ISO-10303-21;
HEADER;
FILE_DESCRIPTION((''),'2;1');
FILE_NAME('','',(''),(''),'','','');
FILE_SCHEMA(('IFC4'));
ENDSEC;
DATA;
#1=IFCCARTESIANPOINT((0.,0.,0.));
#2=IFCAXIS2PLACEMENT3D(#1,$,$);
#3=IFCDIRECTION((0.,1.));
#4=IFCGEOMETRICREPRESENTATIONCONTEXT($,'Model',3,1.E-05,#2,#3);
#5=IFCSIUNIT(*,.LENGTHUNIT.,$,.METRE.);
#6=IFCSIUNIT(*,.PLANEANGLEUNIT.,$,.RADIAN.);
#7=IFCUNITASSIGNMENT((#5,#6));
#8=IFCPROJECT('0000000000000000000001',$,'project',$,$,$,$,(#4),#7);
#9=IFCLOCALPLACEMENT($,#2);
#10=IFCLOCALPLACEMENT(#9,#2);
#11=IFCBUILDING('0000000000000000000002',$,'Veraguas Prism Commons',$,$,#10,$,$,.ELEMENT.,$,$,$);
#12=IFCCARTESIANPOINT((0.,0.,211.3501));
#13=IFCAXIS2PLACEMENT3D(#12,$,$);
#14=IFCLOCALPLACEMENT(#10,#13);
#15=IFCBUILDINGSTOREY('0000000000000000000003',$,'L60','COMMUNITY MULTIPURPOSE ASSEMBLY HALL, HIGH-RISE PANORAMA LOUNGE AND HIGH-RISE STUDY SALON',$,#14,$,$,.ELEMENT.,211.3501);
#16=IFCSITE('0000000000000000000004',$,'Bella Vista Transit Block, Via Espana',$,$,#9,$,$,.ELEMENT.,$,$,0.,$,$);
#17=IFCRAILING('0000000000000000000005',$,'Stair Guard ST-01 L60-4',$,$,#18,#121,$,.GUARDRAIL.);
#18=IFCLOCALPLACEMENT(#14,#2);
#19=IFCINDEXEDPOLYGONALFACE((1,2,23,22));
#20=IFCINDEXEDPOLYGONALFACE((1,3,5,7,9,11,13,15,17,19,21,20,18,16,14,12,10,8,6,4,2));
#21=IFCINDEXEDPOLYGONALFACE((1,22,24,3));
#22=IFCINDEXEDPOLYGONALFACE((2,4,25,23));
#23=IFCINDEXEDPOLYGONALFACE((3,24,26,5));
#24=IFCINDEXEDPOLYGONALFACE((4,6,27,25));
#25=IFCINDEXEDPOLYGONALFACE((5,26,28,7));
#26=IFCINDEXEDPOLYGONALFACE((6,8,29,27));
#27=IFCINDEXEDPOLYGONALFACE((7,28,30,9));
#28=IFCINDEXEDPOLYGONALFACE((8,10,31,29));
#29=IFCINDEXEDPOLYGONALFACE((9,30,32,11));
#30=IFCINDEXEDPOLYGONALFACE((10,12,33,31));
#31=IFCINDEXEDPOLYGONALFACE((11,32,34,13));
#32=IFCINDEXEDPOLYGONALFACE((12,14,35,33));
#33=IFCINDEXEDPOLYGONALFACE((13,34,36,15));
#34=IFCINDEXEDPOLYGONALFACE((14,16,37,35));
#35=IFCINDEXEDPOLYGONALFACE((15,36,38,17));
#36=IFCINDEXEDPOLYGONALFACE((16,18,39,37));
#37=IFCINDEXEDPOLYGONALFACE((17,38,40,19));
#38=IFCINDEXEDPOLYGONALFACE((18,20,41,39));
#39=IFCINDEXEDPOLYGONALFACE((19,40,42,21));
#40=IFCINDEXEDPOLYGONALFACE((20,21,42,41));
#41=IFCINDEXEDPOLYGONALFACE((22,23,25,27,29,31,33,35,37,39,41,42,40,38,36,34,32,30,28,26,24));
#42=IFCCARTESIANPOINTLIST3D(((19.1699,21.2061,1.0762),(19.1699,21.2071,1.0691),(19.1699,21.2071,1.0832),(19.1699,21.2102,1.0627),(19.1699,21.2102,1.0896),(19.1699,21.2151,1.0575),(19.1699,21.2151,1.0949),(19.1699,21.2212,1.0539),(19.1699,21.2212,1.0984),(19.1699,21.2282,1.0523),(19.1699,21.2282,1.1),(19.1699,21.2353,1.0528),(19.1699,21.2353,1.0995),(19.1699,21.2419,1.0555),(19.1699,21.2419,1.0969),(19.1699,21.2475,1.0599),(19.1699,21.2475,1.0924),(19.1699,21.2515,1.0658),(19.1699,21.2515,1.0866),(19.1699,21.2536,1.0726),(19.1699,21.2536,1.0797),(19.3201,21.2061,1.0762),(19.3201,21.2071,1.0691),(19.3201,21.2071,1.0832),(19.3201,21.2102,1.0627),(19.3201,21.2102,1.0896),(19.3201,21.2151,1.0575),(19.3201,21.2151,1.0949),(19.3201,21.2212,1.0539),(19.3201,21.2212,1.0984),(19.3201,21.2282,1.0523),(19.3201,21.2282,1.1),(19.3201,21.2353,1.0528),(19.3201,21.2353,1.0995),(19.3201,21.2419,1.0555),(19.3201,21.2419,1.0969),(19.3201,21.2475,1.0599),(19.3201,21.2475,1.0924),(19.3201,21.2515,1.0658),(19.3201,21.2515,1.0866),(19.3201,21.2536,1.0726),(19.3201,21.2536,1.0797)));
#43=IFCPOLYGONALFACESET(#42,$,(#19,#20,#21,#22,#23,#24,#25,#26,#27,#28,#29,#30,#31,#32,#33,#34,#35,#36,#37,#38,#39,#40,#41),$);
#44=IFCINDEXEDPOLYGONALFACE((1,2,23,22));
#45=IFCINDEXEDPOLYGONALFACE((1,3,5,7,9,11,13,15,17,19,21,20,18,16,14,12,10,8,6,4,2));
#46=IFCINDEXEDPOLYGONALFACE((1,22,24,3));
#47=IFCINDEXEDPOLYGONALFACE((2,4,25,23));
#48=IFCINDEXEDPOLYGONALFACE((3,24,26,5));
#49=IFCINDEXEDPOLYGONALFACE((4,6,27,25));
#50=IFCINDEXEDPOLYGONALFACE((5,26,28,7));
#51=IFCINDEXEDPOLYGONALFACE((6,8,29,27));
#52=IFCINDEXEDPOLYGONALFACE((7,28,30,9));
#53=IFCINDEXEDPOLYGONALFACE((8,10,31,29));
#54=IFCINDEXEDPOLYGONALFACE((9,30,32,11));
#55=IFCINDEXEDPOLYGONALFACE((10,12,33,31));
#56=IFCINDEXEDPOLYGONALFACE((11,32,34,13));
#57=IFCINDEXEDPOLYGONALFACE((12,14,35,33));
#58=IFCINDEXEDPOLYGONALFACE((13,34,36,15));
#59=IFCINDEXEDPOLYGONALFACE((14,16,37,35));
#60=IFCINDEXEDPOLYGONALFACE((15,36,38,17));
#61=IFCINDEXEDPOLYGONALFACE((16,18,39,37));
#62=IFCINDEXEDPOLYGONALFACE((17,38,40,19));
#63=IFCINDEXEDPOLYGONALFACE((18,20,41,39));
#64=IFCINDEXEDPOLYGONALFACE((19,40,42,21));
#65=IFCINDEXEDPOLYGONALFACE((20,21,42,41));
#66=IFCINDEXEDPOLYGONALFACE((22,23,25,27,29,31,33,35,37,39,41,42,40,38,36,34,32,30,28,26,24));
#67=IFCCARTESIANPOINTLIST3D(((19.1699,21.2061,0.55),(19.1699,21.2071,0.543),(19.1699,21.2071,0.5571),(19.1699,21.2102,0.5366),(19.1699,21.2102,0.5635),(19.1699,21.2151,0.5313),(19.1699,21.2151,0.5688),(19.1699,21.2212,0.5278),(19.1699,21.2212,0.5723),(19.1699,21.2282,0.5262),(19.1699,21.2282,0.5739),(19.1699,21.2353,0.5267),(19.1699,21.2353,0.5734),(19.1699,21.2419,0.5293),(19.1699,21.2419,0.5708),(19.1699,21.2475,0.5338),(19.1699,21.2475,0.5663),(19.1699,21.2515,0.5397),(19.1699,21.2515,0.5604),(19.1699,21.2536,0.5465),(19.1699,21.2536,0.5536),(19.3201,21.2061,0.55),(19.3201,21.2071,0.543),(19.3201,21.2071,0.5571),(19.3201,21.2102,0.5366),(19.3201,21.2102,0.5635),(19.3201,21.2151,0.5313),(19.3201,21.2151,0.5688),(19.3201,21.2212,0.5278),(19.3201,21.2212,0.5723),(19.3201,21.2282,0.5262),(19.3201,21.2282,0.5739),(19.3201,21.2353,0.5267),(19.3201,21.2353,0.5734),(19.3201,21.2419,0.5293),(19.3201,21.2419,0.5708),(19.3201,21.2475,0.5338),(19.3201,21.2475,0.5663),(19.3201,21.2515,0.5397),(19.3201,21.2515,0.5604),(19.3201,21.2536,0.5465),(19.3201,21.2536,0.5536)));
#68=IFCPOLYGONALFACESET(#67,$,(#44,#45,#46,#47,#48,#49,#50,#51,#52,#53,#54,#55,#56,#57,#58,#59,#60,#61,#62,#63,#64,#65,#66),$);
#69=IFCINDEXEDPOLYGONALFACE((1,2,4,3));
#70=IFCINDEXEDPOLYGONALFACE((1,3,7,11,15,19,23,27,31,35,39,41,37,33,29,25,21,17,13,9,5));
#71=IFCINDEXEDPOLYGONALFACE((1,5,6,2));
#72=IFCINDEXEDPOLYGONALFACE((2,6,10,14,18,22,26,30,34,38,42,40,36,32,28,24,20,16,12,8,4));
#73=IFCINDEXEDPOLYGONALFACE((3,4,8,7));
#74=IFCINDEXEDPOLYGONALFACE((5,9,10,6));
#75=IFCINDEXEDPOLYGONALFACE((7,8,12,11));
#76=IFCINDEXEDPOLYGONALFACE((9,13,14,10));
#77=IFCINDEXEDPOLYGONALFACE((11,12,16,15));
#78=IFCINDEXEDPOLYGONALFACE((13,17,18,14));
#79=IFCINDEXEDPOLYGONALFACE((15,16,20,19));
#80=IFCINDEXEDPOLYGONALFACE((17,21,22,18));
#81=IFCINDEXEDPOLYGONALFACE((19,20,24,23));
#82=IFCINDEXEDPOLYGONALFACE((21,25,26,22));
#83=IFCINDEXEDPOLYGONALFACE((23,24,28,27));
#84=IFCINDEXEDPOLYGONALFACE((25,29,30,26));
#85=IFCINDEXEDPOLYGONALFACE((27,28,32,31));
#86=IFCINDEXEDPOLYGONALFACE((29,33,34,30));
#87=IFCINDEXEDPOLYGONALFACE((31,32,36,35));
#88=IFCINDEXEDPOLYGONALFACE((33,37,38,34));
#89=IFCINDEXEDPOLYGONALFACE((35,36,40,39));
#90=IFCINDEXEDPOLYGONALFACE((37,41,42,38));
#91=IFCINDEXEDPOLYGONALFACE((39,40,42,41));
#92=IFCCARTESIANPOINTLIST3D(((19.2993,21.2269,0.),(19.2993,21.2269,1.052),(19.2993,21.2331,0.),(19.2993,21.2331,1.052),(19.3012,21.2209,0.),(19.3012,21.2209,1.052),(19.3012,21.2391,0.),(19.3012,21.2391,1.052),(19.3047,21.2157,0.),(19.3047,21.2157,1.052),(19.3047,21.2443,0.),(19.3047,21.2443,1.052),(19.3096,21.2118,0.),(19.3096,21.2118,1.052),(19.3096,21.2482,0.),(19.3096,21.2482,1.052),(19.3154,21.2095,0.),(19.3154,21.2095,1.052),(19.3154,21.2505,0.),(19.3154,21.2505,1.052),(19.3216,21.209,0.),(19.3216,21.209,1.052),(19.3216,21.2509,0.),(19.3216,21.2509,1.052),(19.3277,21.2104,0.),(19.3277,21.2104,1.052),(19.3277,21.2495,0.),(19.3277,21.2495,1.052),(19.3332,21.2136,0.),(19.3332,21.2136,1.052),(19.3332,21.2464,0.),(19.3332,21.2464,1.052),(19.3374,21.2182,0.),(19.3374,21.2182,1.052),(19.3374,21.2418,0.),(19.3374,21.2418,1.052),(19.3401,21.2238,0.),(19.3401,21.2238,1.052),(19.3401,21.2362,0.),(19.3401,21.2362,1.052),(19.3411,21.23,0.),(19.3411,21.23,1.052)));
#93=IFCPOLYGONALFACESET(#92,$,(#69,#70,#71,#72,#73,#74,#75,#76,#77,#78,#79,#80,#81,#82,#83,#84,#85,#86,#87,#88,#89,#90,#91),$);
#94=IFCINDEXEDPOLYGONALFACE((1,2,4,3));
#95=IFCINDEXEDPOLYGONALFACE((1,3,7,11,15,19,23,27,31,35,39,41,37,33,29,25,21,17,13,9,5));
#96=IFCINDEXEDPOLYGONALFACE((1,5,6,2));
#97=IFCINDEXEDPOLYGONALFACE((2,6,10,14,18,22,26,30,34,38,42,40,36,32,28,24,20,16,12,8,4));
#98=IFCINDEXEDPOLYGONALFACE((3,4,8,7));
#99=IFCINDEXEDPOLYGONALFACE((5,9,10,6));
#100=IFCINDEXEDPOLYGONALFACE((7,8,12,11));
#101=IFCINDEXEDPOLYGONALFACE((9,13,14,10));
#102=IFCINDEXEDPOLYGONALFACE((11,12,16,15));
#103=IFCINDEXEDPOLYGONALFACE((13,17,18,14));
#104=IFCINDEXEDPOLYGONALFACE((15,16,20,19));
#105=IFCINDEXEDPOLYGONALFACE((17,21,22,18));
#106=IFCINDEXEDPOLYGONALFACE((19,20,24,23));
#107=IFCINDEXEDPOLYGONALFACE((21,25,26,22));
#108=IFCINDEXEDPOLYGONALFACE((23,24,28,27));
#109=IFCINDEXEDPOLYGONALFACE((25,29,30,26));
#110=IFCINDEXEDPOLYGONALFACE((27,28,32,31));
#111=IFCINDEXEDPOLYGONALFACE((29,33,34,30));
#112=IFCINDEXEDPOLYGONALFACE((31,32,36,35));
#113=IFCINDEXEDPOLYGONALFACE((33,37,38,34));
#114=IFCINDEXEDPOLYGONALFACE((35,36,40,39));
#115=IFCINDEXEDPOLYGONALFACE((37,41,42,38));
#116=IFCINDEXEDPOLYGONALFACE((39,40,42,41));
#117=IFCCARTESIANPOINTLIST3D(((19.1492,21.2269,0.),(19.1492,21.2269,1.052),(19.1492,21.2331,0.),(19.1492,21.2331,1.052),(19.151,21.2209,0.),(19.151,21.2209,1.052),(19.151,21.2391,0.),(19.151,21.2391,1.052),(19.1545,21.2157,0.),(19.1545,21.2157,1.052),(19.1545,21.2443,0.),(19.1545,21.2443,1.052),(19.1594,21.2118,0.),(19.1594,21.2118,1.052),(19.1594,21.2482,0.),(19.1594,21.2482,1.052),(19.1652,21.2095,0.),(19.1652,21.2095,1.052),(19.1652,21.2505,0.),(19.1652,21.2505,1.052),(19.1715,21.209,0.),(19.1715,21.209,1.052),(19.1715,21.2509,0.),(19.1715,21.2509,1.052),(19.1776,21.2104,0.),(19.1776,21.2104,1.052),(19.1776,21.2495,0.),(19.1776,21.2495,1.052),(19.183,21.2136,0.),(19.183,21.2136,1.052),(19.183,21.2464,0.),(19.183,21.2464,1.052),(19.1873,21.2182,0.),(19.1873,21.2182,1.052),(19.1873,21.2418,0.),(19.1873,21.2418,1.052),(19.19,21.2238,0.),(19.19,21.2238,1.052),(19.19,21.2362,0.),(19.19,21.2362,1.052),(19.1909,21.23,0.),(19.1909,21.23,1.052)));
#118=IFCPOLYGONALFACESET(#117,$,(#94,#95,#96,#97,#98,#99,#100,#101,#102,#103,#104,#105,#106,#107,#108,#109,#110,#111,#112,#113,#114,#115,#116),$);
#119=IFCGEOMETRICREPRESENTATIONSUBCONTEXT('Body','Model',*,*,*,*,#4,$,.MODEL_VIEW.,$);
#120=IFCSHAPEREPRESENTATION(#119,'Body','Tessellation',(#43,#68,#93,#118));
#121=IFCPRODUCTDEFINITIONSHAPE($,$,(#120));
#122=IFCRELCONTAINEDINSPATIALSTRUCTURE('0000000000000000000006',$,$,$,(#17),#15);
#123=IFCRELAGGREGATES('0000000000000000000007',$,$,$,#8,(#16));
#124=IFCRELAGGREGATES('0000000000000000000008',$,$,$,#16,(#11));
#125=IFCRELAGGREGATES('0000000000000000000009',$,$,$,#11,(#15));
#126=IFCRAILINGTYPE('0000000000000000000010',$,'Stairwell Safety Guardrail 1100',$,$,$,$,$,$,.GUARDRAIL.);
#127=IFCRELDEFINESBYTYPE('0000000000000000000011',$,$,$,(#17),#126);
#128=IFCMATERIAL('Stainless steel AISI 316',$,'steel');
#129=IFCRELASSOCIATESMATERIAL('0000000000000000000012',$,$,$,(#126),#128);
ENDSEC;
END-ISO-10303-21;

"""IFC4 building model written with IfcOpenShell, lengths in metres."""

from ifc_helpers import new_model, si_unit, direction, frame, origin, origin_2d, place, context, subcontext, project, spatial, circle, extrude, material, type_object, element, save


model = new_model("IFC4")

# Units and contexts
model_context = context("Model", 3, precision=1e-05, world=origin(), true_north=direction((0.0, 1.0)))
body_context = subcontext(model_context, "Body", "Model", "MODEL_VIEW")
ifc_project = project(units=[si_unit("LENGTHUNIT", "METRE"), si_unit("PLANEANGLEUNIT", "RADIAN")], contexts=[model_context])

# Site, building, storey
site_placement = place(None, origin())
site = spatial("IfcSite", under=ifc_project, at=site_placement, Name="Bella Vista Transit Block, Via Espana", CompositionType="ELEMENT", RefElevation=0.0)
building_placement = place(site_placement, origin())
building = spatial("IfcBuilding", under=site, at=building_placement, Name="Veraguas Prism Commons", CompositionType="ELEMENT")
storey_placement = place(building_placement, frame((0.0, 0.0, 211.3501)))
storey = spatial("IfcBuildingStorey", under=building, at=storey_placement, Name="L60", Description="COMMUNITY MULTIPURPOSE ASSEMBLY HALL, HIGH-RISE PANORAMA LOUNGE AND HIGH-RISE STUDY SALON", CompositionType="ELEMENT", Elevation=211.3501)

# Railing
ifc_material_1 = material(Name="Stainless steel AISI 316", Category="steel")
railing_type_1 = type_object("IfcRailingType", Name="Stairwell Safety Guardrail 1100", PredefinedType="GUARDRAIL", material=ifc_material_1)
railing_1_placement = place(storey_placement, frame((19.3201, 21.23, 0.0)))
element("IfcRailing", 1, at=railing_1_placement, inside=storey, type_object=railing_type_1, Name="Stair Guard ST-01 L60-4", PredefinedType="GUARDRAIL", context=body_context, shape_type="SweptSolid", body=[
    extrude(circle(Radius=0.0239, at=origin_2d()), frame((0.0, 0.0, 1.0762), z_axis=(-1.0, 0.0, 0.0), x_axis=(0.0, -1.0, 0.0)), (0.0, 0.0, 1.0), 0.1501),
    extrude(circle(Radius=0.0239, at=origin_2d()), frame((0.0, 0.0, 0.55), z_axis=(-1.0, 0.0, 0.0), x_axis=(0.0, -1.0, 0.0)), (0.0, 0.0, 1.0), 0.1501),
    extrude(circle(Radius=0.021, at=origin_2d()), origin(), (0.0, 0.0, 1.0), 1.052),
    extrude(circle(Radius=0.021, at=origin_2d()), frame((-0.1501, 0.0, 0.0)), (0.0, 0.0, 1.0), 1.052),
])

save(model, "model.ifc")
